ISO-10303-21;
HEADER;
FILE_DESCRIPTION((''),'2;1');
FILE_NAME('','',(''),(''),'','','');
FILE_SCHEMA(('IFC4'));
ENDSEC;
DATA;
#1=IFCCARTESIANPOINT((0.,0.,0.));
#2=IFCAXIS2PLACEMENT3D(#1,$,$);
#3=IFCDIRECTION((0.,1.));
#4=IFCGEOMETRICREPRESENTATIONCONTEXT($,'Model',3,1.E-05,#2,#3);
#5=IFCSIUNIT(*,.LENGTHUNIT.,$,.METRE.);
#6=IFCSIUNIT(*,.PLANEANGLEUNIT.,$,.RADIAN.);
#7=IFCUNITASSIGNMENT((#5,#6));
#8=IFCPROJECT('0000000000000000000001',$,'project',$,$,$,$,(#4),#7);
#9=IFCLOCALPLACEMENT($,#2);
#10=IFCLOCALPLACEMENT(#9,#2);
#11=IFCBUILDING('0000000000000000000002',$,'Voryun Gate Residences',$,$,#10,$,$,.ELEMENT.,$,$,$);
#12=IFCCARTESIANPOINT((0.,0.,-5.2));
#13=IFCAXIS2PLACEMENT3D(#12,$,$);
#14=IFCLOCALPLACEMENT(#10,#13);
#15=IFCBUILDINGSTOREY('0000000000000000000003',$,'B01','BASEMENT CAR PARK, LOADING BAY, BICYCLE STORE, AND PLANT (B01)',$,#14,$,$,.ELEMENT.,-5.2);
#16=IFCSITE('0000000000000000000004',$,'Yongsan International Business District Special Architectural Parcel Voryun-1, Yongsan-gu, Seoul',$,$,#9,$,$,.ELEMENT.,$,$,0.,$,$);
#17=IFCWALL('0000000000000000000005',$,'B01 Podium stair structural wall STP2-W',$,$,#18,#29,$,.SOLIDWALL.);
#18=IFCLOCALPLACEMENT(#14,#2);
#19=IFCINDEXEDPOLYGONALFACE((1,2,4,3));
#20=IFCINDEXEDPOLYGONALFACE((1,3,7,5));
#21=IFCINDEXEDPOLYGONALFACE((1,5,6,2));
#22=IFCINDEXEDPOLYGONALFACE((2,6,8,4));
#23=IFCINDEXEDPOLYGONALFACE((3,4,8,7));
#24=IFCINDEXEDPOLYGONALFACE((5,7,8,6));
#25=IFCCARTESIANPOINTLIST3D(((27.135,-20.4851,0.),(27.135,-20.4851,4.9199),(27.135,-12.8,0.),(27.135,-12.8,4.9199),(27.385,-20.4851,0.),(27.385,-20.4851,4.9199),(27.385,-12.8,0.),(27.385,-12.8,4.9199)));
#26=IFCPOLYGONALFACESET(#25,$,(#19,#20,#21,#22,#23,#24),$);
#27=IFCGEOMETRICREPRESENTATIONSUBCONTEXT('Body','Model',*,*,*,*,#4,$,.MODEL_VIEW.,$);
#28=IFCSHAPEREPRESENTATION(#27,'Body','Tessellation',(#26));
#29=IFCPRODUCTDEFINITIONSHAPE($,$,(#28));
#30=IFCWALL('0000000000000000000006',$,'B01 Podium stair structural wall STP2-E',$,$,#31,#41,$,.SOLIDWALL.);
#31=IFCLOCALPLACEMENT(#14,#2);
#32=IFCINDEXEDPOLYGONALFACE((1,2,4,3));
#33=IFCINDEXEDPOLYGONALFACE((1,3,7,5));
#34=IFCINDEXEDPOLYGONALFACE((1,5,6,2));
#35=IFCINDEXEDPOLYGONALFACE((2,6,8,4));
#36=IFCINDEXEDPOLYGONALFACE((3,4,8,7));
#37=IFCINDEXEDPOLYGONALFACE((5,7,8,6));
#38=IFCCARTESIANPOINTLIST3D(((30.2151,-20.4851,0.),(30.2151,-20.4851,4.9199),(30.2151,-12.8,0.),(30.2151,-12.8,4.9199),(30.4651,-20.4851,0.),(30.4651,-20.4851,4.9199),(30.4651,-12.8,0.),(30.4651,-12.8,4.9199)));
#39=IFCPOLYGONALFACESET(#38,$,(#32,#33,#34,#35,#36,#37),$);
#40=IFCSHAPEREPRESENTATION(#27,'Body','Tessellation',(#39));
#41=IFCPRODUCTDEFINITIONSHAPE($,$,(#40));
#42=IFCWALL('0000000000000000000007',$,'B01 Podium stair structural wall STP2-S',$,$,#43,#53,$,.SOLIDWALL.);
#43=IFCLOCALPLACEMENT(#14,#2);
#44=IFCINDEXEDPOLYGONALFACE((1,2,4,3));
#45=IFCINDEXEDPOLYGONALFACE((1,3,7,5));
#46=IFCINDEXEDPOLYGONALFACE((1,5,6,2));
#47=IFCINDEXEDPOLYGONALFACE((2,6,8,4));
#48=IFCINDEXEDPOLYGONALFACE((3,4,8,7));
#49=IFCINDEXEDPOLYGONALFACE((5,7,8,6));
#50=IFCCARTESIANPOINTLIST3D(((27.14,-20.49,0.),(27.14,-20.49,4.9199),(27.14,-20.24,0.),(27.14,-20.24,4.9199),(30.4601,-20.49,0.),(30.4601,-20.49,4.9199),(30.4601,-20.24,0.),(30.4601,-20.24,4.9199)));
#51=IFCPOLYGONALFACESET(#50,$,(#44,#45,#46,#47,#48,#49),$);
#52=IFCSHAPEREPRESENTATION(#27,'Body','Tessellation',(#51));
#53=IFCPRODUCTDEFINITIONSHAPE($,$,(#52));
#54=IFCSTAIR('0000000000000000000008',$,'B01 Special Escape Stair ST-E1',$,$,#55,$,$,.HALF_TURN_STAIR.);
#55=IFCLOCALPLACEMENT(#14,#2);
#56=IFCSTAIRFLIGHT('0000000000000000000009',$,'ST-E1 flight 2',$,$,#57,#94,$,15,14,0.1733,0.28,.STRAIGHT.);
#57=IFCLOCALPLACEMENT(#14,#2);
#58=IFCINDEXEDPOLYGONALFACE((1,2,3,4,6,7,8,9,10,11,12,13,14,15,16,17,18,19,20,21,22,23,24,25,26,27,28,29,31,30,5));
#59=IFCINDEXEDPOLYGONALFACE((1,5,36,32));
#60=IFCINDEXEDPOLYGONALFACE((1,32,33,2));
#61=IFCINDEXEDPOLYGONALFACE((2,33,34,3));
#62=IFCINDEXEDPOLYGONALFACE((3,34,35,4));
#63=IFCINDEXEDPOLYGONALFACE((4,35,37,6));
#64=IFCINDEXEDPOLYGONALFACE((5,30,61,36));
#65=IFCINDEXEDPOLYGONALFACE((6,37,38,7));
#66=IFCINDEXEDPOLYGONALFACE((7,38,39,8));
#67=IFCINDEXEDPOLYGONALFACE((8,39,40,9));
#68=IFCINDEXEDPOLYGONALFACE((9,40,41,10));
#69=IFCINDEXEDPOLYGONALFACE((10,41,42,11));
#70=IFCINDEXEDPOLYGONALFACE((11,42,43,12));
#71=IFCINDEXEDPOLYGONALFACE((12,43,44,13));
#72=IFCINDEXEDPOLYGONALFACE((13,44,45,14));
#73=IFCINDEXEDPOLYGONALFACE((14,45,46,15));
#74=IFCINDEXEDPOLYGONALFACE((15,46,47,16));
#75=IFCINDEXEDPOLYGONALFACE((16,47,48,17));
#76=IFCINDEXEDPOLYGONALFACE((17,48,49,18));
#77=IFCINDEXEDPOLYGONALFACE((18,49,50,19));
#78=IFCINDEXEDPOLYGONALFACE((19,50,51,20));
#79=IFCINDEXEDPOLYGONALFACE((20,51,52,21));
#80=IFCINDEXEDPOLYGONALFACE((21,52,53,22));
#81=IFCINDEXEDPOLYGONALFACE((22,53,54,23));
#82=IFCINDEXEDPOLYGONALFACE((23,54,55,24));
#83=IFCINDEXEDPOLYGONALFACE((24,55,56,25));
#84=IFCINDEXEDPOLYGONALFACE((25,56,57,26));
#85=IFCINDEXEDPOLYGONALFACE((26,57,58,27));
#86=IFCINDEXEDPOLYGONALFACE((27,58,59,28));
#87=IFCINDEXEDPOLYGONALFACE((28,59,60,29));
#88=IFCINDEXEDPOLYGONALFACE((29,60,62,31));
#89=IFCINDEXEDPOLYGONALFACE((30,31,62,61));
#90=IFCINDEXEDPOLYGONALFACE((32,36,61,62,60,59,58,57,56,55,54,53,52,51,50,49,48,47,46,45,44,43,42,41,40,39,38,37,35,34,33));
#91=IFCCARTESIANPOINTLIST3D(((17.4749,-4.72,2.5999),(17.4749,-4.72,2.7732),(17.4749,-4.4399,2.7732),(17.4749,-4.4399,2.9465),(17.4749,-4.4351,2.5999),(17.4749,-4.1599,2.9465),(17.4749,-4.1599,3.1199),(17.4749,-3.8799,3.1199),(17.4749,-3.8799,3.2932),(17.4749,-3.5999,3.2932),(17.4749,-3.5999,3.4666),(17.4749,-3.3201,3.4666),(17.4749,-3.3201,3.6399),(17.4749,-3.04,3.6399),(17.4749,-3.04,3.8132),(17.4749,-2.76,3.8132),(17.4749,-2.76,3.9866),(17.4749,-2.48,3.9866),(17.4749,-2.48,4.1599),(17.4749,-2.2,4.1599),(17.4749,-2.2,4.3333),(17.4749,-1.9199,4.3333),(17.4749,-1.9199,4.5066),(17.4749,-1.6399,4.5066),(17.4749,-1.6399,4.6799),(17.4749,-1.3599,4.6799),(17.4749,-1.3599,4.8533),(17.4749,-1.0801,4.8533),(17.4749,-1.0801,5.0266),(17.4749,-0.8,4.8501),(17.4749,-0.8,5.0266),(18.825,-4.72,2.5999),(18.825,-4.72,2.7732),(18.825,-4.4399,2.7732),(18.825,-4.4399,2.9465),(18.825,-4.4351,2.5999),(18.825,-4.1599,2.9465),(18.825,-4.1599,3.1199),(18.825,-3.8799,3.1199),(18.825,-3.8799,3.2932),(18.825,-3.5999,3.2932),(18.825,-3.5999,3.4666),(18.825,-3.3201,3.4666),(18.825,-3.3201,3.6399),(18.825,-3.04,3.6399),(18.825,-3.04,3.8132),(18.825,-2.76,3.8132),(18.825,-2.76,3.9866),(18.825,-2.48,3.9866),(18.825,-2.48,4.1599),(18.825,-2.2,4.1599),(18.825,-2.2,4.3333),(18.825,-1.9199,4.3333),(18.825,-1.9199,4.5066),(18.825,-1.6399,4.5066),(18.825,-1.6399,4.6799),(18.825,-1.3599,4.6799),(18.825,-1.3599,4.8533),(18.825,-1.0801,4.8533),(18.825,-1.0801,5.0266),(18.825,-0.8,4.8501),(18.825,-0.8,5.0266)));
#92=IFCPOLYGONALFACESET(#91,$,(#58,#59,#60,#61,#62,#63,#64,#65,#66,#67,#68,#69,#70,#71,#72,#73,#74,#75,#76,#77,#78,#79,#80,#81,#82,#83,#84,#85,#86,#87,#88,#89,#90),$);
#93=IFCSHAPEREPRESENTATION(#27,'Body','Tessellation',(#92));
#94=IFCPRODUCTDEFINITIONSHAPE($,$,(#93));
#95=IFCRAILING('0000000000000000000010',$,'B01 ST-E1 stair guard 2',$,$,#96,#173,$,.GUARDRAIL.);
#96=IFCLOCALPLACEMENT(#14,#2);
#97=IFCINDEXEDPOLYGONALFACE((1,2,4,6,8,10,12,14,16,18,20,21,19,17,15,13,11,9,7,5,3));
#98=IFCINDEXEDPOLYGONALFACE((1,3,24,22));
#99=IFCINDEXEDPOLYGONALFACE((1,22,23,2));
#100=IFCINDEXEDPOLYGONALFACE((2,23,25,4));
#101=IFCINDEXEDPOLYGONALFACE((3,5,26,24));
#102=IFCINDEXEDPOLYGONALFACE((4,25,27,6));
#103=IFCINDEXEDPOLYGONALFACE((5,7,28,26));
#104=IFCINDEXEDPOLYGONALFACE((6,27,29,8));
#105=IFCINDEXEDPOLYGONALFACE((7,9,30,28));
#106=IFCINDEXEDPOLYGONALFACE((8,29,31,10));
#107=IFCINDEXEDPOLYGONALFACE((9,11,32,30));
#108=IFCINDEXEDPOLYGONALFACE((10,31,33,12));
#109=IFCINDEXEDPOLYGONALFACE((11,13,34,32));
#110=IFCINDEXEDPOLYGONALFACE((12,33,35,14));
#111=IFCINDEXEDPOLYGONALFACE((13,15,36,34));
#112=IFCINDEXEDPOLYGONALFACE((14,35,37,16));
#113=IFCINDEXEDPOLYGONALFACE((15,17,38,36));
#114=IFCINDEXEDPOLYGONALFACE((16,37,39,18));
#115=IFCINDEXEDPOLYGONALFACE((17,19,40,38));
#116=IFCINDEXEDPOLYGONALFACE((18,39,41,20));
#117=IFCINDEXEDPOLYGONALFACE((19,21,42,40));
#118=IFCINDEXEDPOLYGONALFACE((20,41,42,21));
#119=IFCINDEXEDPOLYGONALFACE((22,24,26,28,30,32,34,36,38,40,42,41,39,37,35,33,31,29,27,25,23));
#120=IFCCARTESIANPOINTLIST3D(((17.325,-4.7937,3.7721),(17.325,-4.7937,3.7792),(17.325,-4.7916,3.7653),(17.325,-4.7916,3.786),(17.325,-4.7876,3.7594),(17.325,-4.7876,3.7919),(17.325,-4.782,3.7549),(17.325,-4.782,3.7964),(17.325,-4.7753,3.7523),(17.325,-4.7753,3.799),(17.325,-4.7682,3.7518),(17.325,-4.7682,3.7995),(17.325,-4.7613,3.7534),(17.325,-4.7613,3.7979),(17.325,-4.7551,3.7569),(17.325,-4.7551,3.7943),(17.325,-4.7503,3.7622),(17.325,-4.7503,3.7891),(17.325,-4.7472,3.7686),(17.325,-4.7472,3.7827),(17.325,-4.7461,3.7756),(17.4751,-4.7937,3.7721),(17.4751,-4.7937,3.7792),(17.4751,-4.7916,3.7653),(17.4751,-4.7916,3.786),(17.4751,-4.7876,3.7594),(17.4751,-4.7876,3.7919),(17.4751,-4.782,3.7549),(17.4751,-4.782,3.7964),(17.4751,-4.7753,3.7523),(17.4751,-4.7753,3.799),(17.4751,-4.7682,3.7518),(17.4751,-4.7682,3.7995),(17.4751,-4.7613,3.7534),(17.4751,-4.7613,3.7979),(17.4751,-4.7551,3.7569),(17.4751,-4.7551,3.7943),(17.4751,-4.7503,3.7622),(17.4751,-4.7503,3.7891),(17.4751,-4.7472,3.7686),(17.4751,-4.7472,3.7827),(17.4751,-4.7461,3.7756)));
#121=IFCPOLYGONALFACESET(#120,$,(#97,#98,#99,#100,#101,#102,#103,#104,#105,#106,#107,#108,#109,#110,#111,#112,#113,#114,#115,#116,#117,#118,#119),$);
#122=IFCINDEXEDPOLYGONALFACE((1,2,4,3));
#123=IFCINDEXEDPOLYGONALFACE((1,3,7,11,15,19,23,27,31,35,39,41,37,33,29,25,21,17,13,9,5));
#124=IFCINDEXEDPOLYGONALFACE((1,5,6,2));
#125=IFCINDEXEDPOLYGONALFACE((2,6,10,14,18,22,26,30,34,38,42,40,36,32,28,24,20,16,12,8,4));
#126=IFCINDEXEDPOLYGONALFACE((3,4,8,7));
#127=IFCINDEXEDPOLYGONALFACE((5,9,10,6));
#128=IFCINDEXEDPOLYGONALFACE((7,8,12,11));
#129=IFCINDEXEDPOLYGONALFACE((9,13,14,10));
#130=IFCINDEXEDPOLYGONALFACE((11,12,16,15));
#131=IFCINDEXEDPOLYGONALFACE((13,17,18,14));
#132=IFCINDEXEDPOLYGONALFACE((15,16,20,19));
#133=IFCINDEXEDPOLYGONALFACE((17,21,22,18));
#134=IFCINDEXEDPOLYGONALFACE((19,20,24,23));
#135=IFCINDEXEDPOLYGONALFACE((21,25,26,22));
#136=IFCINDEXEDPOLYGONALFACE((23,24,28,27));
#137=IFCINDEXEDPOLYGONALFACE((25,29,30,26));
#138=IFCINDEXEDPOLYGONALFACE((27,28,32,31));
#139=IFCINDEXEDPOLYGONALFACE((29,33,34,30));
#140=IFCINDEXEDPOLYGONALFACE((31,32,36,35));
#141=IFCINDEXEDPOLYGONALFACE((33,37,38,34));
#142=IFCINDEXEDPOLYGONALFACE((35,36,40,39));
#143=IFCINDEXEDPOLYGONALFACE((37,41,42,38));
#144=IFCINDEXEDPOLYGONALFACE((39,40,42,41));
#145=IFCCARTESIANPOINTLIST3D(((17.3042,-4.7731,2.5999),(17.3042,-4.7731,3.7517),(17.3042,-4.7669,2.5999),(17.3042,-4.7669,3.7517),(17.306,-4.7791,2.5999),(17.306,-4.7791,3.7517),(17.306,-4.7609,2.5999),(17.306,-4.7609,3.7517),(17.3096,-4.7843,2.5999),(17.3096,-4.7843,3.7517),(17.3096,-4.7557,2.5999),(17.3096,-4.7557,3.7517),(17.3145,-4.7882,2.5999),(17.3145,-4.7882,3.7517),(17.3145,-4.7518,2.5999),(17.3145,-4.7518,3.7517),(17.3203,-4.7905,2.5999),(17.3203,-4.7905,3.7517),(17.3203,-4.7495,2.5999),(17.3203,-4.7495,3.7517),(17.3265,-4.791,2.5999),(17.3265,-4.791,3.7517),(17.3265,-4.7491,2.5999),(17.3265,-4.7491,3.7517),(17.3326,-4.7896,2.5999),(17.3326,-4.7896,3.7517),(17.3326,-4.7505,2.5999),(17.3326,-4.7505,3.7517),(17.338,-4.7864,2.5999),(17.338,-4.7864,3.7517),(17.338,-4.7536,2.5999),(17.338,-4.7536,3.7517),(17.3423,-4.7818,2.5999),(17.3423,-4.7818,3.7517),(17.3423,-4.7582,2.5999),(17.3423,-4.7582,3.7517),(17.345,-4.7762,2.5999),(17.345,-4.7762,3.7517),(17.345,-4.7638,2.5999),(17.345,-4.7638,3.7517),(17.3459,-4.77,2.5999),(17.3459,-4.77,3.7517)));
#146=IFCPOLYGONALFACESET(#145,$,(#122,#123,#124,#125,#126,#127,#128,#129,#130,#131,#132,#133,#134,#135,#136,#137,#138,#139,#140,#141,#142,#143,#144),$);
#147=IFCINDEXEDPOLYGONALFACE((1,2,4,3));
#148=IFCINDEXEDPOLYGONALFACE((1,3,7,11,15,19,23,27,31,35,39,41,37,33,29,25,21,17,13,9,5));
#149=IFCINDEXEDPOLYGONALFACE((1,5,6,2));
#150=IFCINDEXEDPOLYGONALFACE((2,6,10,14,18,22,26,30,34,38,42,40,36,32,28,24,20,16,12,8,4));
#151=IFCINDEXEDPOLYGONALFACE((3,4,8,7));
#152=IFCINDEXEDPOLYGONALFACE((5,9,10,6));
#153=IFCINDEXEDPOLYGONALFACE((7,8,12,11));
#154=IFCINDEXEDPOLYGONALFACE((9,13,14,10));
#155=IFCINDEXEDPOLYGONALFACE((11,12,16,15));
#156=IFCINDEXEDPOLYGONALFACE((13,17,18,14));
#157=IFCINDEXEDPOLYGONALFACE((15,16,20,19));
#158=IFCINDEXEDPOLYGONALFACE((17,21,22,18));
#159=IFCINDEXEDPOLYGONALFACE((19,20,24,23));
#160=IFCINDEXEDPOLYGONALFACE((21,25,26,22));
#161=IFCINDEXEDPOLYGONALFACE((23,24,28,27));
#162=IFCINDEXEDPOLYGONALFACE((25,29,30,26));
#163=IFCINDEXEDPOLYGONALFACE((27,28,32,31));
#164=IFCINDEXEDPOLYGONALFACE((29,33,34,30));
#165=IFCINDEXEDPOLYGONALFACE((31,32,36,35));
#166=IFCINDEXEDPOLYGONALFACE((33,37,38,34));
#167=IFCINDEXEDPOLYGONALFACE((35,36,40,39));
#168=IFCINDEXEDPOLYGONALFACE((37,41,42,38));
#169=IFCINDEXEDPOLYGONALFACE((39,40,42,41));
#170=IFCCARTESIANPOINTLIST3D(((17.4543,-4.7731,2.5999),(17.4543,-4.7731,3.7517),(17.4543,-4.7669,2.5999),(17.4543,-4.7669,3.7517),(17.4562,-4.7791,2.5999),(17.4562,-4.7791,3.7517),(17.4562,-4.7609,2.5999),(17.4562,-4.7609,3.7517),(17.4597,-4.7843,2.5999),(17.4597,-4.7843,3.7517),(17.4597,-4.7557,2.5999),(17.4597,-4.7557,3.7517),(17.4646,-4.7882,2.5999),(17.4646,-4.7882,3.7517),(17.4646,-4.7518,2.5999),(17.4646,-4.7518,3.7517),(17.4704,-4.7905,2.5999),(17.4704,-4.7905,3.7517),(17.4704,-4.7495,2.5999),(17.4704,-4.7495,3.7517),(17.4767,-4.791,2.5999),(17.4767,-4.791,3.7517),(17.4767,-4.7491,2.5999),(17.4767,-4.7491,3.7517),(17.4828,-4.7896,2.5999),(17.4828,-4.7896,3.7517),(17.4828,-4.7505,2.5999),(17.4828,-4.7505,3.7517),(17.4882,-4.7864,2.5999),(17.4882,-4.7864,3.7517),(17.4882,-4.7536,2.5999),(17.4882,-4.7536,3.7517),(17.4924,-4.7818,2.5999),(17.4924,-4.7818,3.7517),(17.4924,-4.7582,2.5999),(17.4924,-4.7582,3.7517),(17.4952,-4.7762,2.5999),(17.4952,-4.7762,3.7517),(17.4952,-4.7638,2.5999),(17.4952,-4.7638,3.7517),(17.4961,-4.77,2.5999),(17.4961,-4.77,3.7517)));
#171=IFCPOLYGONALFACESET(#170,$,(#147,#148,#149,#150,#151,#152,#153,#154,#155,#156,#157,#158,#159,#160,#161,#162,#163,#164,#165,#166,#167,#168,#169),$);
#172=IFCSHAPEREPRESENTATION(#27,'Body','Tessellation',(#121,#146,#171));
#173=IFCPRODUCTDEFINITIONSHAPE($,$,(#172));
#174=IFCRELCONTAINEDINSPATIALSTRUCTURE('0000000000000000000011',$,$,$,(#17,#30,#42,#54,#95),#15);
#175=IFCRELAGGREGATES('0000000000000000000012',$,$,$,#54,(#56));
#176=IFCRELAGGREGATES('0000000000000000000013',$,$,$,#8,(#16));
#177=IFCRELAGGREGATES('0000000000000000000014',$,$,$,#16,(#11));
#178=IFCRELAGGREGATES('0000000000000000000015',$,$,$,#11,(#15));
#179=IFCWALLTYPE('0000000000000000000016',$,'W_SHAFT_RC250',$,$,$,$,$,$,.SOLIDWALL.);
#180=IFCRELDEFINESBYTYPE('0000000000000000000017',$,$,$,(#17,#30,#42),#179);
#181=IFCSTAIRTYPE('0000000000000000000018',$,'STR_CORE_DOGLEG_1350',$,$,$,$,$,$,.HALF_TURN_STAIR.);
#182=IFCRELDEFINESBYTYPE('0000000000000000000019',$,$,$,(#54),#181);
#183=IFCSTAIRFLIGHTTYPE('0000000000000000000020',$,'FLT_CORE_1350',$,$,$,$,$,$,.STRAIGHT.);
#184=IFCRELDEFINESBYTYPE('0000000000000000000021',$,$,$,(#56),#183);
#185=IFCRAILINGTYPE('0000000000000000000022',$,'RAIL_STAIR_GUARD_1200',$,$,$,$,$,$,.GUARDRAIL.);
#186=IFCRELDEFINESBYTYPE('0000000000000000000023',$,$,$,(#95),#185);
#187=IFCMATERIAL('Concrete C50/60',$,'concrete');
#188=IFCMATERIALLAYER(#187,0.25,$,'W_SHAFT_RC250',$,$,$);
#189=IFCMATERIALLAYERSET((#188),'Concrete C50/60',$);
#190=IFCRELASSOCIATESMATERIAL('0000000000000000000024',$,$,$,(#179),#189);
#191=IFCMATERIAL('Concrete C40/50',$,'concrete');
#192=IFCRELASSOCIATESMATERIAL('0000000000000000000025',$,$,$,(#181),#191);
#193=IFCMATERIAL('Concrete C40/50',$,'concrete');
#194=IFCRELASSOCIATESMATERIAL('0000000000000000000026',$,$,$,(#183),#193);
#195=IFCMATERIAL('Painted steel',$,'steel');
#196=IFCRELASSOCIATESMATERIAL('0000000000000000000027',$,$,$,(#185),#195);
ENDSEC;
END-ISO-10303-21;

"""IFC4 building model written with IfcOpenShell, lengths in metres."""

from ifc_helpers import new_model, si_unit, direction, frame, frame_2d, origin, origin_2d, place, context, subcontext, project, spatial, polyline, rectangle, circle, outline, extrude, material, layer, layer_set, type_object, element, aggregate, save


model = new_model("IFC4")

# Units and contexts
model_context = context("Model", 3, precision=1e-05, world=origin(), true_north=direction((0.0, 1.0)))
body_context = subcontext(model_context, "Body", "Model", "MODEL_VIEW")
ifc_project = project(units=[si_unit("LENGTHUNIT", "METRE"), si_unit("PLANEANGLEUNIT", "RADIAN")], contexts=[model_context])

# Site, building, storey
site_placement = place(None, origin())
site = spatial("IfcSite", under=ifc_project, at=site_placement, Name="Yongsan International Business District Special Architectural Parcel Voryun-1, Yongsan-gu, Seoul", CompositionType="ELEMENT", RefElevation=0.0)
building_placement = place(site_placement, origin())
building = spatial("IfcBuilding", under=site, at=building_placement, Name="Voryun Gate Residences", CompositionType="ELEMENT")
storey_placement = place(building_placement, frame((0.0, 0.0, -5.2)))
storey = spatial("IfcBuildingStorey", under=building, at=storey_placement, Name="B01", Description="BASEMENT CAR PARK, LOADING BAY, BICYCLE STORE, AND PLANT (B01)", CompositionType="ELEMENT", Elevation=-5.2)

# Walls
ifc_material_1 = material(Name="Concrete C50/60", Category="concrete")
ifc_layer_1 = layer(ifc_material_1, 0.25, Name="W_SHAFT_RC250")
ifc_layer_set_1 = layer_set([ifc_layer_1], Name="Concrete C50/60")
wall_type_1 = type_object("IfcWallType", Name="W_SHAFT_RC250", PredefinedType="SOLIDWALL", material=ifc_layer_set_1)
for number, where, z_axis, x_axis, name in (
    (1, (27.26, -20.4851, 0.0), (0.0, 0.0, 1.0), (0.0, 1.0, 0.0), "B01 Podium stair structural wall STP2-W"),
    (2, (30.3401, -20.4851, 0.0), (0.0, 0.0, 1.0), (0.0, 1.0, 0.0), "B01 Podium stair structural wall STP2-E"),
):
    element("IfcWall", number, at=place(storey_placement, frame(where, z_axis=z_axis, x_axis=x_axis)), inside=storey, type_object=wall_type_1, Name=name, PredefinedType="SOLIDWALL", context=body_context, shape_type="SweptSolid", body=[
        extrude(rectangle(XDim=7.6851, YDim=0.25, at=frame_2d((3.8425, 0.0))), origin(), (0.0, 0.0, 1.0), 4.9199),
    ])
wall_1_placement = place(storey_placement, frame((27.1399, -20.365, 0.0), z_axis=(0.0, 0.0, 1.0), x_axis=(1.0, 0.0, 0.0)))
element("IfcWall", 3, at=wall_1_placement, inside=storey, type_object=wall_type_1, Name="B01 Podium stair structural wall STP2-S", PredefinedType="SOLIDWALL", context=body_context, shape_type="SweptSolid", body=[
    extrude(rectangle(XDim=3.3201, YDim=0.25, at=frame_2d((1.6602, 0.0))), origin(), (0.0, 0.0, 1.0), 4.9199),
])

# Stair, stair flight
ifc_material_2 = material(Name="Concrete C40/50", Category="concrete")
stair_type = type_object("IfcStairType", Name="STR_CORE_DOGLEG_1350", PredefinedType="HALF_TURN_STAIR", material=ifc_material_2)
stair_placement = place(storey_placement, origin())
stair = element("IfcStair", 4, at=stair_placement, inside=storey, type_object=stair_type, Name="B01 Special Escape Stair ST-E1", PredefinedType="HALF_TURN_STAIR")
ifc_material_3 = material(Name="Concrete C40/50", Category="concrete")
stair_flight_type = type_object("IfcStairFlightType", Name="FLT_CORE_1350", PredefinedType="STRAIGHT", material=ifc_material_3)
stair_flight_placement = place(storey_placement, frame((18.1499, -4.72, 2.5999), z_axis=(0.0, 0.0, 1.0), x_axis=(0.0, 1.0, 0.0)))
stair_flight = element("IfcStairFlight", 5, at=stair_flight_placement, type_object=stair_flight_type, Name="ST-E1 flight 2", NumberOfRisers=15, NumberOfTreads=14, PredefinedType="STRAIGHT", RiserHeight=0.1733, TreadLength=0.28, context=body_context, shape_type="SweptSolid", body=[
    extrude(outline(polyline([(0.0, 0.0), (0.0, 0.1733), (0.28, 0.1733), (0.28, 0.3467), (0.5601, 0.3467), (0.5601, 0.52), (0.8401, 0.52), (0.8401, 0.6934), (1.1201, 0.6934), (1.1201, 0.8667), (1.3999, 0.8667), (1.3999, 1.04), (1.6799, 1.04), (1.6799, 1.2134), (1.96, 1.2134), (1.96, 1.3867), (2.24, 1.3867), (2.24, 1.5601), (2.52, 1.5601), (2.52, 1.7334), (2.8, 1.7334), (2.8, 1.9067), (3.0801, 1.9067), (3.0801, 2.0801), (3.3601, 2.0801), (3.3601, 2.2534), (3.6399, 2.2534), (3.6399, 2.4268), (3.9199, 2.4268), (3.9199, 2.6001), (3.9199, 2.2502), (0.2849, 0.0), (0.0, 0.0)])), frame((0.0, 0.675, 0.0), z_axis=(0.0, -1.0, 0.0), x_axis=(1.0, 0.0, 0.0)), (0.0, 0.0, 1.0), 1.3501),
])
aggregate(stair, [stair_flight])

# Railing
ifc_material_4 = material(Name="Painted steel", Category="steel")
railing_type_1 = type_object("IfcRailingType", Name="RAIL_STAIR_GUARD_1200", PredefinedType="GUARDRAIL", material=ifc_material_4)
railing_1_placement = place(storey_placement, frame((17.325, -4.77, 2.5999)))
element("IfcRailing", 6, at=railing_1_placement, inside=storey, type_object=railing_type_1, Name="B01 ST-E1 stair guard 2", PredefinedType="GUARDRAIL", context=body_context, shape_type="SweptSolid", body=[
    extrude(circle(Radius=0.0239, at=origin_2d()), frame((0.0, 0.0, 1.1758), z_axis=(1.0, 0.0, 0.0), x_axis=(0.0, 1.0, 0.0)), (0.0, 0.0, 1.0), 0.1501),
    extrude(circle(Radius=0.021, at=origin_2d()), origin(), (0.0, 0.0, 1.0), 1.1519),
    extrude(circle(Radius=0.021, at=origin_2d()), frame((0.1501, 0.0, 0.0)), (0.0, 0.0, 1.0), 1.1519),
])

save(model, "model.ifc")
